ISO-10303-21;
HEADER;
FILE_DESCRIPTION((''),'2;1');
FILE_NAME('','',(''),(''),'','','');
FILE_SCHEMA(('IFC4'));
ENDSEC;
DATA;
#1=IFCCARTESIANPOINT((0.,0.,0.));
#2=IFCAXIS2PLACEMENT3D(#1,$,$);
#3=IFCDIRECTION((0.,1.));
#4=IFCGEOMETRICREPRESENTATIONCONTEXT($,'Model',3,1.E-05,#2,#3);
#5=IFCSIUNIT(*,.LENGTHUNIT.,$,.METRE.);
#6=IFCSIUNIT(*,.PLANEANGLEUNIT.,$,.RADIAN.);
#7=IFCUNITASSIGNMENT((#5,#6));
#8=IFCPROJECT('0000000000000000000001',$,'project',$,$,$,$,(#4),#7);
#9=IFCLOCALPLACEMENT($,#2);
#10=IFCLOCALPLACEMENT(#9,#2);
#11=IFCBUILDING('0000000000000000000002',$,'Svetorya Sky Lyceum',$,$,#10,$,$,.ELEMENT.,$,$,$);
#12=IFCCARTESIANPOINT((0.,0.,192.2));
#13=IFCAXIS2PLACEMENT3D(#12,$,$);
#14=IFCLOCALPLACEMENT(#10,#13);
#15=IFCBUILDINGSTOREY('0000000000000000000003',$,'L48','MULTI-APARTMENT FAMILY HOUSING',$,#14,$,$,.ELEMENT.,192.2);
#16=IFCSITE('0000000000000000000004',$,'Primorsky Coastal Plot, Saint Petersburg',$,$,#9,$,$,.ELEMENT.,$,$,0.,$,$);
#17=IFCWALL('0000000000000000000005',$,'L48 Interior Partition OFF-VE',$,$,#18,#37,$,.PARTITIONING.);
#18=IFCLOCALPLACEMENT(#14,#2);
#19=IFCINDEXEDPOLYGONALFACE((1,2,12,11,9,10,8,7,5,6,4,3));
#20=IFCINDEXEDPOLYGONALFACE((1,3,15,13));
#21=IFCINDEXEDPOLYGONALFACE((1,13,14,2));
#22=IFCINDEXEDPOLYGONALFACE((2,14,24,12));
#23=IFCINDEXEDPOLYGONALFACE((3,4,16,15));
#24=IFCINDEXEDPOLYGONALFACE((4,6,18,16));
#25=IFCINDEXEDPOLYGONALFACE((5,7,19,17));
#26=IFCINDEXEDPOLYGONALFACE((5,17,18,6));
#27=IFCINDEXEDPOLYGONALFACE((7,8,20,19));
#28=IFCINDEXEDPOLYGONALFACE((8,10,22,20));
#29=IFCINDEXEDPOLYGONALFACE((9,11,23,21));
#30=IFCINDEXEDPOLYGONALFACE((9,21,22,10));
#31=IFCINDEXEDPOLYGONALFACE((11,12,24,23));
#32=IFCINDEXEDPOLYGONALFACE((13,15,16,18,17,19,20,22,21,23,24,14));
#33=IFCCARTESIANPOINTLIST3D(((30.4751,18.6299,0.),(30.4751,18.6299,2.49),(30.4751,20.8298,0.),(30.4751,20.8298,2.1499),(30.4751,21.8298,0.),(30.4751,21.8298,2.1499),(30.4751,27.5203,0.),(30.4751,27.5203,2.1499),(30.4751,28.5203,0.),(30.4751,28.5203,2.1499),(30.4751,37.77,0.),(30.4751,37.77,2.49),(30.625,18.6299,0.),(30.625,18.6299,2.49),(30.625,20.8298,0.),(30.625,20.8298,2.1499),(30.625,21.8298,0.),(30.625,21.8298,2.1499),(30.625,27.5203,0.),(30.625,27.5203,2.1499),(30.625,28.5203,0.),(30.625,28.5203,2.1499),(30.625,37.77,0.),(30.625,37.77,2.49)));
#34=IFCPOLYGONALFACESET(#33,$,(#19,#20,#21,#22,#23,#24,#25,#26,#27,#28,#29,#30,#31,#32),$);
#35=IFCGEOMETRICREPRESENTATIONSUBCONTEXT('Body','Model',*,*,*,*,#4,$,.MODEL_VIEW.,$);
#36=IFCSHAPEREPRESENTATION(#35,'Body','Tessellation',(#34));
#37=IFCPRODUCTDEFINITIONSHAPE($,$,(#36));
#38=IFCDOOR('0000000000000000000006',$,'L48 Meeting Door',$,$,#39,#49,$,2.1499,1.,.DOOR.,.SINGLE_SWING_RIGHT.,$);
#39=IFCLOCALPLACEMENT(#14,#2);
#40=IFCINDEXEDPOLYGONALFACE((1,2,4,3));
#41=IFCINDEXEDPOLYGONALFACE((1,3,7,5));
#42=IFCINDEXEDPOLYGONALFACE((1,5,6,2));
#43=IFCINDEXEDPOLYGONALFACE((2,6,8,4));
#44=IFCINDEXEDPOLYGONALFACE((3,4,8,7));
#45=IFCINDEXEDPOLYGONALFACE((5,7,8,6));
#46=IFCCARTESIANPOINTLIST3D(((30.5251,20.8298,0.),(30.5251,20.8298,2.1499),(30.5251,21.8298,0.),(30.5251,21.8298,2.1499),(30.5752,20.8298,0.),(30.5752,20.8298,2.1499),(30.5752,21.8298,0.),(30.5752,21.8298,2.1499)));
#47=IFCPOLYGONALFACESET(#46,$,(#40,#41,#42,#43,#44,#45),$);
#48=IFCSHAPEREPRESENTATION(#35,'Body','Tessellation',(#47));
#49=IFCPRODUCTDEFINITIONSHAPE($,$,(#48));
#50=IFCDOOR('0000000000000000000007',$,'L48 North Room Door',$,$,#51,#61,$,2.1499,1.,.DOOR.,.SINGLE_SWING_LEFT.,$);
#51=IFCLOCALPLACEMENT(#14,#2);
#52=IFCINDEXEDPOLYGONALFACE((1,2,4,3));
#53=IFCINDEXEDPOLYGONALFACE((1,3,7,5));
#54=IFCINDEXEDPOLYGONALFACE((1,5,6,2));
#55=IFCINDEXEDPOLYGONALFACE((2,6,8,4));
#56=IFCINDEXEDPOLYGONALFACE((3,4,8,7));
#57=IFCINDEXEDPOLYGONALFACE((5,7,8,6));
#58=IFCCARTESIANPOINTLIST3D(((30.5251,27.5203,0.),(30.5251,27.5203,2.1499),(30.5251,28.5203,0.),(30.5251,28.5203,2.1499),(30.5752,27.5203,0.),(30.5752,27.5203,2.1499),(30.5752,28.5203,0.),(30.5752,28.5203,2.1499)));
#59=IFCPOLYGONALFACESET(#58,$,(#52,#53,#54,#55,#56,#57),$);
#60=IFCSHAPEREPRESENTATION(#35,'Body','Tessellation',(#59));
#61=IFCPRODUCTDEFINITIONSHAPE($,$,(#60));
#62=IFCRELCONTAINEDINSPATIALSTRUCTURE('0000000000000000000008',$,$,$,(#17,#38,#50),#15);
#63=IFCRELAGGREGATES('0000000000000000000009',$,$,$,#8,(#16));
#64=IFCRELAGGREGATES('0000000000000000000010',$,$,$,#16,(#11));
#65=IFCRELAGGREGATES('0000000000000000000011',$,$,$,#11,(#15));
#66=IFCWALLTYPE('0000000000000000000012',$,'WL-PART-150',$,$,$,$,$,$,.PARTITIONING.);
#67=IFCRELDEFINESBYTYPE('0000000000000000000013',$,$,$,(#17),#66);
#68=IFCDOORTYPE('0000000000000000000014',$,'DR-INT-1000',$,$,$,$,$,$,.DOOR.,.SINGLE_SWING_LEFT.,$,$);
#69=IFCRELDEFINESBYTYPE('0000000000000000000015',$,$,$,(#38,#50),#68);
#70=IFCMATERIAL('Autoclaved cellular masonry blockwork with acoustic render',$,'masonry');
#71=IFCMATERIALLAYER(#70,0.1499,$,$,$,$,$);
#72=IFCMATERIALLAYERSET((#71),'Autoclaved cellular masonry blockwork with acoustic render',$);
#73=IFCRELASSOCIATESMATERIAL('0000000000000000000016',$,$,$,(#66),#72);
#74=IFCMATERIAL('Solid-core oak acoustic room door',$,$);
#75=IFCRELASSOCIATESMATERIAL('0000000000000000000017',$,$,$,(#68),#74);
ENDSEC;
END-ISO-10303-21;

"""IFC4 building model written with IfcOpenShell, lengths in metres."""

from ifc_helpers import new_model, si_unit, direction, frame, frame_2d, origin, place, context, subcontext, project, spatial, rectangle, extrude, material, layer, layer_set, type_object, element, fill, save


model = new_model("IFC4")

# Units and contexts
model_context = context("Model", 3, precision=1e-05, world=origin(), true_north=direction((0.0, 1.0)))
body_context = subcontext(model_context, "Body", "Model", "MODEL_VIEW")
ifc_project = project(units=[si_unit("LENGTHUNIT", "METRE"), si_unit("PLANEANGLEUNIT", "RADIAN")], contexts=[model_context])

# Site, building, storey
site_placement = place(None, origin())
site = spatial("IfcSite", under=ifc_project, at=site_placement, Name="Primorsky Coastal Plot, Saint Petersburg", CompositionType="ELEMENT", RefElevation=0.0)
building_placement = place(site_placement, origin())
building = spatial("IfcBuilding", under=site, at=building_placement, Name="Svetorya Sky Lyceum", CompositionType="ELEMENT")
storey_placement = place(building_placement, frame((0.0, 0.0, 192.2)))
storey = spatial("IfcBuildingStorey", under=building, at=storey_placement, Name="L48", Description="MULTI-APARTMENT FAMILY HOUSING", CompositionType="ELEMENT", Elevation=192.2)

# Shared definitions
ifc_material_1 = material(Name="Autoclaved cellular masonry blockwork with acoustic render", Category="masonry")
ifc_layer = layer(ifc_material_1, 0.1499)
ifc_layer_set = layer_set([ifc_layer], Name="Autoclaved cellular masonry blockwork with acoustic render")
wall_type = type_object("IfcWallType", Name="WL-PART-150", PredefinedType="PARTITIONING", material=ifc_layer_set)

# Wall, openings, doors
wall_1_placement = place(storey_placement, frame((30.55, 18.6299, 0.0), z_axis=(0.0, 0.0, 1.0), x_axis=(0.0, 1.0, 0.0)))
wall_1 = element("IfcWall", 1, at=wall_1_placement, inside=storey, type_object=wall_type, Name="L48 Interior Partition OFF-VE", PredefinedType="PARTITIONING", context=body_context, shape_type="SweptSolid", body=[
    extrude(rectangle(XDim=19.1401, YDim=0.1499, at=frame_2d((9.5701, 0.0))), origin(), (0.0, 0.0, 1.0), 2.49),
])
opening_1_placement = place(wall_1_placement, frame((2.2, 0.0, 0.0)))
opening_1 = element("IfcOpeningElement", 2, at=opening_1_placement, cuts=wall_1, PredefinedType="OPENING", context=body_context, shape_type="SweptSolid", body=[
    extrude(rectangle(XDim=1.0, YDim=2.1499, at=frame_2d((0.5, 1.075))), frame((0.0, 0.085, 0.0), z_axis=(0.0, -1.0, 0.0), x_axis=(1.0, 0.0, 0.0)), (0.0, 0.0, 1.0), 0.1699),
])
opening_2_placement = place(wall_1_placement, frame((8.8904, 0.0, 0.0)))
opening_2 = element("IfcOpeningElement", 3, at=opening_2_placement, cuts=wall_1, PredefinedType="OPENING", context=body_context, shape_type="SweptSolid", body=[
    extrude(rectangle(XDim=1.0, YDim=2.1499, at=frame_2d((0.5, 1.075))), frame((0.0, 0.085, 0.0), z_axis=(0.0, -1.0, 0.0), x_axis=(1.0, 0.0, 0.0)), (0.0, 0.0, 1.0), 0.1699),
])
ifc_material_2 = material(Name="Solid-core oak acoustic room door")
door_type_1 = type_object("IfcDoorType", Name="DR-INT-1000", OperationType="SINGLE_SWING_LEFT", PredefinedType="DOOR", material=ifc_material_2)
door_1_placement = place(opening_1_placement, origin())
door_1 = element("IfcDoor", 4, at=door_1_placement, inside=storey, type_object=door_type_1, Name="L48 Meeting Door", OperationType="SINGLE_SWING_RIGHT", OverallHeight=2.1499, OverallWidth=1.0, PredefinedType="DOOR", context=body_context, shape_type="SweptSolid", body=[
    extrude(rectangle(XDim=1.0, YDim=2.1499, at=frame_2d((0.5, 1.075))), frame((0.0, 0.0249, 0.0), z_axis=(0.0, -1.0, 0.0), x_axis=(1.0, 0.0, 0.0)), (0.0, 0.0, 1.0), 0.05),
])
fill(opening_1, door_1)
door_2_placement = place(opening_2_placement, origin())
door_2 = element("IfcDoor", 5, at=door_2_placement, inside=storey, type_object=door_type_1, Name="L48 North Room Door", OperationType="SINGLE_SWING_LEFT", OverallHeight=2.1499, OverallWidth=1.0, PredefinedType="DOOR", context=body_context, shape_type="SweptSolid", body=[
    extrude(rectangle(XDim=1.0, YDim=2.1499, at=frame_2d((0.5, 1.075))), frame((0.0, 0.0249, 0.0), z_axis=(0.0, -1.0, 0.0), x_axis=(1.0, 0.0, 0.0)), (0.0, 0.0, 1.0), 0.05),
])
fill(opening_2, door_2)

save(model, "model.ifc")
